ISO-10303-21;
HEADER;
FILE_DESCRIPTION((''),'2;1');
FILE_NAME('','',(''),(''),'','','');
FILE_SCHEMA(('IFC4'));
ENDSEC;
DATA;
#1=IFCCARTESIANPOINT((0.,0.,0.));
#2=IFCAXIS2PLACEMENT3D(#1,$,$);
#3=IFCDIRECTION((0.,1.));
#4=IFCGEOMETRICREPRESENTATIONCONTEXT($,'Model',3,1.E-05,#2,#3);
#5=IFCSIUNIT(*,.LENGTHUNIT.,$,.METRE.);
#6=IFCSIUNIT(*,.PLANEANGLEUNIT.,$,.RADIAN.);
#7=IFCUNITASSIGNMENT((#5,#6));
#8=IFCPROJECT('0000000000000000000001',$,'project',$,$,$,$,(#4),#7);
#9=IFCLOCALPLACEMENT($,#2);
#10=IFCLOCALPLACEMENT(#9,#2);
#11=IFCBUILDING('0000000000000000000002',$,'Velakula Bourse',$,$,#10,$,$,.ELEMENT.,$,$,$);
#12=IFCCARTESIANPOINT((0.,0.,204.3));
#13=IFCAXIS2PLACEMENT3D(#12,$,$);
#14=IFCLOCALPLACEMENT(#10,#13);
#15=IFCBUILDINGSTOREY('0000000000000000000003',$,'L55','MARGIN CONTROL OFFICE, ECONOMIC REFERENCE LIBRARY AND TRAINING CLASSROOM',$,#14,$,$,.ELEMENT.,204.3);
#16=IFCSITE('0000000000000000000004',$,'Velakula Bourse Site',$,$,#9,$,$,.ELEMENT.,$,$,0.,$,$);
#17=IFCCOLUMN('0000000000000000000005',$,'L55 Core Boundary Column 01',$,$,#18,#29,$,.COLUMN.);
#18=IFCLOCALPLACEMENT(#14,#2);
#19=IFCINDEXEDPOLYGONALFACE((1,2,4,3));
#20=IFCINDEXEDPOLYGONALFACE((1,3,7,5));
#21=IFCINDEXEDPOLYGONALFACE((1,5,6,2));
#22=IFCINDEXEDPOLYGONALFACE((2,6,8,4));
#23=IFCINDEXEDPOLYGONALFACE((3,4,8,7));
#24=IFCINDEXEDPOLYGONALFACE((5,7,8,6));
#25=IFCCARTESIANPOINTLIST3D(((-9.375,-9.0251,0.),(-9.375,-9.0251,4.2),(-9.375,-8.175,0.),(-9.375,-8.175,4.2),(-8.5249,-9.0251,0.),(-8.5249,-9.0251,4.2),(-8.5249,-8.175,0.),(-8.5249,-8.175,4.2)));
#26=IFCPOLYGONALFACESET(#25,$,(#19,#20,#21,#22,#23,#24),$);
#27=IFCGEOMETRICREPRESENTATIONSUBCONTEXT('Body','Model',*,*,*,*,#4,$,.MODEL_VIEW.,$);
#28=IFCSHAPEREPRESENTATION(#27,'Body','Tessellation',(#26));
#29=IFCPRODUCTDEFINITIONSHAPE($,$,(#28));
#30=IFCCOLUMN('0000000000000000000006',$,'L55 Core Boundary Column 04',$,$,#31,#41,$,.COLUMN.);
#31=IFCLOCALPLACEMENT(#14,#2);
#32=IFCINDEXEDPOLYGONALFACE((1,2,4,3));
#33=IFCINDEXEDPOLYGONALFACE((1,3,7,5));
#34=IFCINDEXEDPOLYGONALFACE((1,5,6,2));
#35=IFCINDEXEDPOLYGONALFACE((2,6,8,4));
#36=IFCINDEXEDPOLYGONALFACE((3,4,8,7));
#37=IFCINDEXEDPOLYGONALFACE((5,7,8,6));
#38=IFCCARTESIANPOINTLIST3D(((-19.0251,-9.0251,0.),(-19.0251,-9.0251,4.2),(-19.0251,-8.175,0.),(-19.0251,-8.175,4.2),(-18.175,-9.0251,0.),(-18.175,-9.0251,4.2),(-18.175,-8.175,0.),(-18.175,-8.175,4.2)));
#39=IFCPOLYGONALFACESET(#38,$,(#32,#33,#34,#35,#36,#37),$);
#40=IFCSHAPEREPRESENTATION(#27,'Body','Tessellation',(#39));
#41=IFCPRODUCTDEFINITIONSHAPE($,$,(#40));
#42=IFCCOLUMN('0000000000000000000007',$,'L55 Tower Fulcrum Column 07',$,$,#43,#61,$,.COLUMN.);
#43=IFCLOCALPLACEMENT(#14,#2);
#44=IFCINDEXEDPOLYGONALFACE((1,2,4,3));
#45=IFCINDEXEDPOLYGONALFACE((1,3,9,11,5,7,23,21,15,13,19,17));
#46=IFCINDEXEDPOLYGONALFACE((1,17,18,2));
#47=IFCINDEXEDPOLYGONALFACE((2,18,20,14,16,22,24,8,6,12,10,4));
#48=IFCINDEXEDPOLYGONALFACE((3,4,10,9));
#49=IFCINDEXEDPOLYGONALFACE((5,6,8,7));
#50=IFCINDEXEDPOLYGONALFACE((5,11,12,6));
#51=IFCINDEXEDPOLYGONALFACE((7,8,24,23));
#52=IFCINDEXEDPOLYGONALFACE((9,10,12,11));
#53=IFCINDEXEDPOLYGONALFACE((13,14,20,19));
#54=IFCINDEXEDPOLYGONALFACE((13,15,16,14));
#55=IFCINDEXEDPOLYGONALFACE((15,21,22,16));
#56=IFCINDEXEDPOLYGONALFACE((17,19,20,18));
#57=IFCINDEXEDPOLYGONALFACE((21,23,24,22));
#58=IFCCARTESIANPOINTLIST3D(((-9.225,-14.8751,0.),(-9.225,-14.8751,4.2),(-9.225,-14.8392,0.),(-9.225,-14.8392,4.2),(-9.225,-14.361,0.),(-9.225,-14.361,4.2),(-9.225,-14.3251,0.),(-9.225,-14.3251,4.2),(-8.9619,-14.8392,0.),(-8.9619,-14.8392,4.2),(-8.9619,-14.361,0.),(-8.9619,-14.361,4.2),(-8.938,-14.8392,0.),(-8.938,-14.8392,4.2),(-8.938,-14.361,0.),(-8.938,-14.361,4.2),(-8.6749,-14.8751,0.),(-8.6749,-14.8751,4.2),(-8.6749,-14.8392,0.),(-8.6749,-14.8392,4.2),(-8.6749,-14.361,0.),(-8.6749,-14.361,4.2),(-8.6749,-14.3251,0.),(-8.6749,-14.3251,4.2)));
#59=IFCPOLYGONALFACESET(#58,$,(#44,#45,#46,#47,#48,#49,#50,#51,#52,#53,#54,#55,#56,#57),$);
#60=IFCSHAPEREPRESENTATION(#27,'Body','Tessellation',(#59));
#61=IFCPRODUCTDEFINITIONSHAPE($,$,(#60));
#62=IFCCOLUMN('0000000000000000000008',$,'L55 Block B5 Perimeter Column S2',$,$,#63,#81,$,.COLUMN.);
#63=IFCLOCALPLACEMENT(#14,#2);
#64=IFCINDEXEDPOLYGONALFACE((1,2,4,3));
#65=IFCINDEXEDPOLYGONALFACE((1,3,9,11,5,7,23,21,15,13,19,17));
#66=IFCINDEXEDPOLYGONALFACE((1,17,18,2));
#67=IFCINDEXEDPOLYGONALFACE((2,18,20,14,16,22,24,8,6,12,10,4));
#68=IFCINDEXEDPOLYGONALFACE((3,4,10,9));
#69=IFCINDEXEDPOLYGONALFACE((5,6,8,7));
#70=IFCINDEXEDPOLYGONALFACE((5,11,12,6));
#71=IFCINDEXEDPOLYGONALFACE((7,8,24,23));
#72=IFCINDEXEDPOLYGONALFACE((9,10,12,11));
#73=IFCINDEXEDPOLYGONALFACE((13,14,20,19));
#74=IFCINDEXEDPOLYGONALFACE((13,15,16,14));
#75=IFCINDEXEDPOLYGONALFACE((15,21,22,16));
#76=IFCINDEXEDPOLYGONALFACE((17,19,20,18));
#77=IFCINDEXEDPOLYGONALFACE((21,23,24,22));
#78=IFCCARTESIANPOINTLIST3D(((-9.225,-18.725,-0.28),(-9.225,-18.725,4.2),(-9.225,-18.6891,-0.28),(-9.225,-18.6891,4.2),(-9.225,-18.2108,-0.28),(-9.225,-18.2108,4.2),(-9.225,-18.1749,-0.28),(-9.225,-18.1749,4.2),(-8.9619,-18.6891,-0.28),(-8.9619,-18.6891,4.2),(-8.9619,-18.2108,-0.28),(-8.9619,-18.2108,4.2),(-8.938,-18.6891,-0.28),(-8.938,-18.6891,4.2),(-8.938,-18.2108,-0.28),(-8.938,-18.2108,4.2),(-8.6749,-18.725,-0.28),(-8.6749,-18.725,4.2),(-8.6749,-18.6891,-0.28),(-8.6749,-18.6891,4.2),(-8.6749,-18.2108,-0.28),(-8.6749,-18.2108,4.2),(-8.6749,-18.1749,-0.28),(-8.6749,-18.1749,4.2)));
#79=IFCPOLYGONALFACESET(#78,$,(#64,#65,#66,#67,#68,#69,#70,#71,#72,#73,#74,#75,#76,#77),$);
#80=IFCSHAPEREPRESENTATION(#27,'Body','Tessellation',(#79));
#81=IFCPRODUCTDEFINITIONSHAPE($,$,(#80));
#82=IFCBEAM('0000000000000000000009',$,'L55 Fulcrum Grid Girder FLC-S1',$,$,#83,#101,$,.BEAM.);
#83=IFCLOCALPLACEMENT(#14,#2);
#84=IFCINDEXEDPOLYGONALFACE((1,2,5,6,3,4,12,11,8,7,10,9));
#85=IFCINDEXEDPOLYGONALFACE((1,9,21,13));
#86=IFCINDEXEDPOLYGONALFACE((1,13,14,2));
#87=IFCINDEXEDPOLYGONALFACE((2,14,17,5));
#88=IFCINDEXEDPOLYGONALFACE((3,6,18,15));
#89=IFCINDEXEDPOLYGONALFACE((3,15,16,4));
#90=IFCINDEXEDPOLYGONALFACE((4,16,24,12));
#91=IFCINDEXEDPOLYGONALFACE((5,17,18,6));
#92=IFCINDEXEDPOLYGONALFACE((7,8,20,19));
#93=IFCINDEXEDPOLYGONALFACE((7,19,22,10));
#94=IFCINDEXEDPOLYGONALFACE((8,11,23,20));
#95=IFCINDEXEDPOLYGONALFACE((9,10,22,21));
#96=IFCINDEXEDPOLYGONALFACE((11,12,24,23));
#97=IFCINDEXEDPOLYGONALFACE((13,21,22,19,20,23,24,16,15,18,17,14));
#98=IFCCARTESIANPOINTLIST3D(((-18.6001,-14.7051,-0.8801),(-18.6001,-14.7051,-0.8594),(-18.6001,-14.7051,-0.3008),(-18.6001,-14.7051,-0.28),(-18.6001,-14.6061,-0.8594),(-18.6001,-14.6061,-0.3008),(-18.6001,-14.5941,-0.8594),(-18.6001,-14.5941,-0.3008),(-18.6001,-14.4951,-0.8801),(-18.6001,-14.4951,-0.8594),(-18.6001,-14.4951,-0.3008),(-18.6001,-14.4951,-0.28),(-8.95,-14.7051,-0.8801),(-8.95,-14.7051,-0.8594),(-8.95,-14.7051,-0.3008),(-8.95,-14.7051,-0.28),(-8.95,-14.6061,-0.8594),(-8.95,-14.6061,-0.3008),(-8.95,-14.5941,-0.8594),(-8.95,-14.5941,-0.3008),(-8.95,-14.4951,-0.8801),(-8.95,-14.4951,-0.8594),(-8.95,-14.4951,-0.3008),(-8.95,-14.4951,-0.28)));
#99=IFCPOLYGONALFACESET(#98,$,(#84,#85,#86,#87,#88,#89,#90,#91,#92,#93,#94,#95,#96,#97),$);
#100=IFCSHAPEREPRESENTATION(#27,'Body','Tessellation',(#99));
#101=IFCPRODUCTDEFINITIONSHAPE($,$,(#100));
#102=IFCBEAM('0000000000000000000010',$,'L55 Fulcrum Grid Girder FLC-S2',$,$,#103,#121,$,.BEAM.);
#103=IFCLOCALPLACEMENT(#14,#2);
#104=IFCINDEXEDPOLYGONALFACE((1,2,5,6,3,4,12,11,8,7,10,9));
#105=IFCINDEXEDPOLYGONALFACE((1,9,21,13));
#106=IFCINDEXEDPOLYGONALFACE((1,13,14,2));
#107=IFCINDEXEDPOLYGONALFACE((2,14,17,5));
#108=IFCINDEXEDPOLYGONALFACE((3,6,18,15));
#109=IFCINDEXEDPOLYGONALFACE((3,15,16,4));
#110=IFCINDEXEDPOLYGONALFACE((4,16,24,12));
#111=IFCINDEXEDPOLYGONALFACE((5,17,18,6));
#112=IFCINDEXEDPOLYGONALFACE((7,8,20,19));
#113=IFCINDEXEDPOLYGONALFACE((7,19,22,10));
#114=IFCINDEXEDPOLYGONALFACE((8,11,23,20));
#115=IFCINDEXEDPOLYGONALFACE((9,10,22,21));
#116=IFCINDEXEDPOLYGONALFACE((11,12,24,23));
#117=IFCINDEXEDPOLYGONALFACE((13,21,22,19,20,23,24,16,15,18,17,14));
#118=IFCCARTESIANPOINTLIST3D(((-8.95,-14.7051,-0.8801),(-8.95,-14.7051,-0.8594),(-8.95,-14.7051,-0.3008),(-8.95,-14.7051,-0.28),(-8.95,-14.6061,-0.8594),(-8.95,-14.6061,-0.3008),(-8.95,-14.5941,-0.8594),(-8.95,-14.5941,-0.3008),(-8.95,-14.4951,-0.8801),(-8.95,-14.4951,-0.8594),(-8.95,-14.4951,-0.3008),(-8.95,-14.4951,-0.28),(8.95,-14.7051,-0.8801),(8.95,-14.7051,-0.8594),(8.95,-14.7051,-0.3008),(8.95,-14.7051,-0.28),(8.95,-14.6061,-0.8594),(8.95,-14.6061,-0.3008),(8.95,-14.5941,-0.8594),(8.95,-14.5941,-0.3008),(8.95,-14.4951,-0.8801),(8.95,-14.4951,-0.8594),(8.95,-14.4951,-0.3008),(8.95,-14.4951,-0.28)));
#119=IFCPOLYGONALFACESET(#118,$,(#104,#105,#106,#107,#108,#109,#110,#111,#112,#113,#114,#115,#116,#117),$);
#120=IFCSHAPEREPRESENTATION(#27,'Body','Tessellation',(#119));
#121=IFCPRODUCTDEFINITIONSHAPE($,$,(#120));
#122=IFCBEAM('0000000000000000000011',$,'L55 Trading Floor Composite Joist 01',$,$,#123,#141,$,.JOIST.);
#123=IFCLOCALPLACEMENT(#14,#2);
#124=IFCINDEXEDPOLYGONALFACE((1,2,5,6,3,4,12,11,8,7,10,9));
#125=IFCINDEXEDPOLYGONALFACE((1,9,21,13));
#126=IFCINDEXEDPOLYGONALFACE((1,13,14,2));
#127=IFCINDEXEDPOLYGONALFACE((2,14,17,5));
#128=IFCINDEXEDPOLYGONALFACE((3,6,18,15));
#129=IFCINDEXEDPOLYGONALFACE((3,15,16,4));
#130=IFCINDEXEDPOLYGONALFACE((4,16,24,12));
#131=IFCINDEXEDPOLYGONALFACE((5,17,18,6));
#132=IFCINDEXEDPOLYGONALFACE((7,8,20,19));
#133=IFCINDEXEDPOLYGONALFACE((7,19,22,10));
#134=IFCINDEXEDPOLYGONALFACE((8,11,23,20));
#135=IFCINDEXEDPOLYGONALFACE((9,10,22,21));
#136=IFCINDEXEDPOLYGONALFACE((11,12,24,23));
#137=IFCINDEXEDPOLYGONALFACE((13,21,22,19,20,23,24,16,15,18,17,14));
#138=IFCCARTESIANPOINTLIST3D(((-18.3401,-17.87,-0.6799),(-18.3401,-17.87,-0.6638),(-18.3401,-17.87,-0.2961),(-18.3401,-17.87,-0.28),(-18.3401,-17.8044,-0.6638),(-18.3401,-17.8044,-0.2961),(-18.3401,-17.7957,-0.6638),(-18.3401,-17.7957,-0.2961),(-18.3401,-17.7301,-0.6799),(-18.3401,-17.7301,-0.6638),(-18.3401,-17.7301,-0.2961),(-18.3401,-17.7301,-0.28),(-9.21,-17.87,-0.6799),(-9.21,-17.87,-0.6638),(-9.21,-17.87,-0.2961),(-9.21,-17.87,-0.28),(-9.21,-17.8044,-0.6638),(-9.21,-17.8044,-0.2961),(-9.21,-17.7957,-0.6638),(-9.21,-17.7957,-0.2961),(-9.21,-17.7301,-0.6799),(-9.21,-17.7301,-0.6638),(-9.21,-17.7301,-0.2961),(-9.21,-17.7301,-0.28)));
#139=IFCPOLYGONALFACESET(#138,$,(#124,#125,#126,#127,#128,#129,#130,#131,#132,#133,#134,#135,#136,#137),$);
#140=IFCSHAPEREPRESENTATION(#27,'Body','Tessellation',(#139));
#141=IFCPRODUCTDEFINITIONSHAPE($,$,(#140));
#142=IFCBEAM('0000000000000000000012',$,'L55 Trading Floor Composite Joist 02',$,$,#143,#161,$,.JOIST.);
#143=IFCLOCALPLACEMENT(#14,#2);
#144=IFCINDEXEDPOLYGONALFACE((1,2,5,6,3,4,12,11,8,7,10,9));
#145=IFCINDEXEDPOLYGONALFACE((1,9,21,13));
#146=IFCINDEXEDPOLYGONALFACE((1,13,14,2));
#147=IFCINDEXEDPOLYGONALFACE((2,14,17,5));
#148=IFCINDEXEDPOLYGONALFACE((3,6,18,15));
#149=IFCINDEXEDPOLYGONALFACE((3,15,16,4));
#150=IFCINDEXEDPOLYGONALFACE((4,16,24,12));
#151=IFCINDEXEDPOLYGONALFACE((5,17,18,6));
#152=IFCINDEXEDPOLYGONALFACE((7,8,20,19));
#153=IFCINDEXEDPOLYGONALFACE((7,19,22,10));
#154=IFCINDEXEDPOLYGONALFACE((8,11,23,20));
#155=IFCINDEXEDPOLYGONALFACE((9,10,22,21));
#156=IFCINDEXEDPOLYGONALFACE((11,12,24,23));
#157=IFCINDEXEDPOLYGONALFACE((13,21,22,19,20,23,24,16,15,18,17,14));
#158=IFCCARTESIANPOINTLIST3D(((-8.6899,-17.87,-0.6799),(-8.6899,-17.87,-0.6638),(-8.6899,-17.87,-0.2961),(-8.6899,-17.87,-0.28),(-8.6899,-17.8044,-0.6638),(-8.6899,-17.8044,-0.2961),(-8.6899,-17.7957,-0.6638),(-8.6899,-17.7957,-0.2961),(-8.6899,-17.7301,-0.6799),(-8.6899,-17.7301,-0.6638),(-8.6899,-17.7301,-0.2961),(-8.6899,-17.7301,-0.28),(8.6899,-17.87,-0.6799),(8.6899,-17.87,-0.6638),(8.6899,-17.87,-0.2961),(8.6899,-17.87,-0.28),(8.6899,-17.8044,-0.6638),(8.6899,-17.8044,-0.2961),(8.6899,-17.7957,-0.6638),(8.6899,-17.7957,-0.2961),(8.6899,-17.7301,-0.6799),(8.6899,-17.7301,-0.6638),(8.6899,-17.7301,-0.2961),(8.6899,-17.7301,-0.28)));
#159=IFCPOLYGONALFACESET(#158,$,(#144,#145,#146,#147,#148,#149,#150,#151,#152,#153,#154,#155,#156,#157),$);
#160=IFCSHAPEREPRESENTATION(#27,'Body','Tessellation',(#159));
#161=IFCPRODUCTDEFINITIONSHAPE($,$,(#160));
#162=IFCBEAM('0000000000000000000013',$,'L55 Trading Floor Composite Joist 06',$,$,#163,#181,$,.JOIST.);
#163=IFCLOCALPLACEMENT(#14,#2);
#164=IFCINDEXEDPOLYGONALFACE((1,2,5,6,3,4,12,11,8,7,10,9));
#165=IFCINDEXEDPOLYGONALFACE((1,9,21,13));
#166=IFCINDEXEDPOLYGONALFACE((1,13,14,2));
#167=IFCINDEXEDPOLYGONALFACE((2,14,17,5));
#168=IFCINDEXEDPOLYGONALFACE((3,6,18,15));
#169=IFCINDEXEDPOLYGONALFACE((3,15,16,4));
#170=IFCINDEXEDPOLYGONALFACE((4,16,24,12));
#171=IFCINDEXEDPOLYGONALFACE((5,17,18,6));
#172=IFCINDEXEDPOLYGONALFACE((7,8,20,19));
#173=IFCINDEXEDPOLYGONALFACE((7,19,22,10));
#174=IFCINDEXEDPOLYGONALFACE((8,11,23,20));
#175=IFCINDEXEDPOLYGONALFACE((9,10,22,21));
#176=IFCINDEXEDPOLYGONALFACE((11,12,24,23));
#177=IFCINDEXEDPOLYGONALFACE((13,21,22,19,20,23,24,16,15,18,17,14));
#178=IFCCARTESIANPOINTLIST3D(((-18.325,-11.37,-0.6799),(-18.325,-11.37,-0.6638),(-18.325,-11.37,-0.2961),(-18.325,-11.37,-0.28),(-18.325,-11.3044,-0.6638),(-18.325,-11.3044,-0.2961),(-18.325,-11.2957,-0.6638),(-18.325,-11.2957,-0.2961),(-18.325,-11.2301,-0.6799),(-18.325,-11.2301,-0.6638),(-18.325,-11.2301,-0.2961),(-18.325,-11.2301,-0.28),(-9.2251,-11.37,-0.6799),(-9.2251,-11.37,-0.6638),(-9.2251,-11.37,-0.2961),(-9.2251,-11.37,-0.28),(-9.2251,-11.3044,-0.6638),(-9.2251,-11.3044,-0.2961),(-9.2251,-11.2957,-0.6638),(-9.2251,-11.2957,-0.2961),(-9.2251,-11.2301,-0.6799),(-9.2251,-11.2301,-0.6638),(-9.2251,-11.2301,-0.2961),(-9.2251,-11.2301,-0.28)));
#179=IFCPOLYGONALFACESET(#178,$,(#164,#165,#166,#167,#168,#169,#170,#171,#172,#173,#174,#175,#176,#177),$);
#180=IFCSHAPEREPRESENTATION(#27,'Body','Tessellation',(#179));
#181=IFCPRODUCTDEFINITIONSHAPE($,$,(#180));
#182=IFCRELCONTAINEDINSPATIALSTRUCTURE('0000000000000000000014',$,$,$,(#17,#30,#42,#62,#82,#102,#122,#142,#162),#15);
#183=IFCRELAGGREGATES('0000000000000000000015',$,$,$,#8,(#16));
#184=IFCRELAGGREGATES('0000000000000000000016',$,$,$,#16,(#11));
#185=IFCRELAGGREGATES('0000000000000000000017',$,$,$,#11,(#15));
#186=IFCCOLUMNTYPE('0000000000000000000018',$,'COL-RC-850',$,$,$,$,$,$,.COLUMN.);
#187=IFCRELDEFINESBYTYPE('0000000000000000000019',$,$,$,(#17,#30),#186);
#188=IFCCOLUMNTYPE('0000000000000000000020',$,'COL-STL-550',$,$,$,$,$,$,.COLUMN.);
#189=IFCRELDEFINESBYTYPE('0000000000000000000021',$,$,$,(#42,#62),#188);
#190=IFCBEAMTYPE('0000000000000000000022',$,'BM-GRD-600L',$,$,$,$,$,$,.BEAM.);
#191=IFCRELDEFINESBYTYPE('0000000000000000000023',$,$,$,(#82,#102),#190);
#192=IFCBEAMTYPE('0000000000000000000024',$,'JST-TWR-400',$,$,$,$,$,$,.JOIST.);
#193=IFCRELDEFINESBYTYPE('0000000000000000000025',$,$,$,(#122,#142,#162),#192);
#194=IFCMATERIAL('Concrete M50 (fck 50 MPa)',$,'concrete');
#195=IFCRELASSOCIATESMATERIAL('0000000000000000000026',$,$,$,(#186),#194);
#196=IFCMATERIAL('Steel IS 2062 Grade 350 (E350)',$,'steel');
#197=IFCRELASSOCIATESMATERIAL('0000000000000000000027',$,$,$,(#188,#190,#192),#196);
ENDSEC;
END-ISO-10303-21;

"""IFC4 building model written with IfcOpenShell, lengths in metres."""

from ifc_helpers import new_model, si_unit, direction, frame, origin, origin_2d, place, context, subcontext, project, spatial, rectangle, i_section, extrude, material, material_profile, profile_set, type_object, element, save


model = new_model("IFC4")

# Units and contexts
model_context = context("Model", 3, precision=1e-05, world=origin(), true_north=direction((0.0, 1.0)))
body_context = subcontext(model_context, "Body", "Model", "MODEL_VIEW")
ifc_project = project(units=[si_unit("LENGTHUNIT", "METRE"), si_unit("PLANEANGLEUNIT", "RADIAN")], contexts=[model_context])

# Site, building, storey
site_placement = place(None, origin())
site = spatial("IfcSite", under=ifc_project, at=site_placement, Name="Velakula Bourse Site", CompositionType="ELEMENT", RefElevation=0.0)
building_placement = place(site_placement, origin())
building = spatial("IfcBuilding", under=site, at=building_placement, Name="Velakula Bourse", CompositionType="ELEMENT")
storey_placement = place(building_placement, frame((0.0, 0.0, 204.3)))
storey = spatial("IfcBuildingStorey", under=building, at=storey_placement, Name="L55", Description="MARGIN CONTROL OFFICE, ECONOMIC REFERENCE LIBRARY AND TRAINING CLASSROOM", CompositionType="ELEMENT", Elevation=204.3)

# Columns
ifc_material_1 = material(Name="Concrete M50 (fck 50 MPa)", Category="concrete")
ifc_material_profile_1 = material_profile(ifc_material_1, rectangle(XDim=0.8501, YDim=0.8501, at=origin_2d()), Name="Concrete M50 (fck 50 MPa)")
ifc_profile_set_1 = profile_set([ifc_material_profile_1], Name="Concrete M50 (fck 50 MPa)")
column_type_1 = type_object("IfcColumnType", Name="COL-RC-850", PredefinedType="COLUMN", material=ifc_profile_set_1)
for number, where, z_axis, x_axis, name in (
    (1, (-8.95, -8.6001, 0.0), (0.0, 0.0, 1.0), (1.0, 0.0, 0.0), "L55 Core Boundary Column 01"),
    (2, (-18.6001, -8.6001, 0.0), (0.0, 0.0, 1.0), (1.0, 0.0, 0.0), "L55 Core Boundary Column 04"),
):
    element("IfcColumn", number, at=place(storey_placement, frame(where, z_axis=z_axis, x_axis=x_axis)), inside=storey, type_object=column_type_1, Name=name, PredefinedType="COLUMN", context=body_context, shape_type="SweptSolid", body=[
        extrude(rectangle(XDim=0.8501, YDim=0.8501, at=origin_2d()), origin(), (0.0, 0.0, 1.0), 4.2),
    ])
ifc_material_2 = material(Name="Steel IS 2062 Grade 350 (E350)", Category="steel")
ifc_material_profile_2 = material_profile(ifc_material_2, i_section(OverallWidth=0.55, OverallDepth=0.55, WebThickness=0.0239, FlangeThickness=0.0359, at=origin_2d()), Name="Steel IS 2062 Grade 350 (E350)")
ifc_profile_set_2 = profile_set([ifc_material_profile_2], Name="Steel IS 2062 Grade 350 (E350)")
column_type_2 = type_object("IfcColumnType", Name="COL-STL-550", PredefinedType="COLUMN", material=ifc_profile_set_2)
column_1_placement = place(storey_placement, frame((-8.95, -14.6001, 0.0), z_axis=(0.0, 0.0, 1.0), x_axis=(1.0, 0.0, 0.0)))
element("IfcColumn", 3, at=column_1_placement, inside=storey, type_object=column_type_2, Name="L55 Tower Fulcrum Column 07", PredefinedType="COLUMN", context=body_context, shape_type="SweptSolid", body=[
    extrude(i_section(OverallWidth=0.55, OverallDepth=0.55, WebThickness=0.0239, FlangeThickness=0.0359, at=origin_2d()), origin(), (0.0, 0.0, 1.0), 4.2),
])
column_2_placement = place(storey_placement, frame((-8.95, -18.45, -0.28), z_axis=(0.0, 0.0, 1.0), x_axis=(1.0, 0.0, 0.0)))
element("IfcColumn", 4, at=column_2_placement, inside=storey, type_object=column_type_2, Name="L55 Block B5 Perimeter Column S2", PredefinedType="COLUMN", context=body_context, shape_type="SweptSolid", body=[
    extrude(i_section(OverallWidth=0.55, OverallDepth=0.55, WebThickness=0.0239, FlangeThickness=0.0359, at=origin_2d()), origin(), (0.0, 0.0, 1.0), 4.48),
])

# Beams
ifc_material_profile_3 = material_profile(ifc_material_2, i_section(OverallWidth=0.21, OverallDepth=0.6001, WebThickness=0.012, FlangeThickness=0.0208, at=origin_2d()), Name="Steel IS 2062 Grade 350 (E350)")
ifc_profile_set_3 = profile_set([ifc_material_profile_3], Name="Steel IS 2062 Grade 350 (E350)")
beam_type_1 = type_object("IfcBeamType", Name="BM-GRD-600L", PredefinedType="BEAM", material=ifc_profile_set_3)
beam_1_placement = place(storey_placement, frame((-18.6001, -14.6001, -0.5801), z_axis=(1.0, 0.0, 0.0), x_axis=(0.0, 1.0, 0.0)))
element("IfcBeam", 5, at=beam_1_placement, inside=storey, type_object=beam_type_1, Name="L55 Fulcrum Grid Girder FLC-S1", PredefinedType="BEAM", context=body_context, shape_type="SweptSolid", body=[
    extrude(i_section(OverallWidth=0.21, OverallDepth=0.6001, WebThickness=0.012, FlangeThickness=0.0208, at=origin_2d()), origin(), (0.0, 0.0, 1.0), 9.6501),
])
beam_2_placement = place(storey_placement, frame((-8.95, -14.6001, -0.5801), z_axis=(1.0, 0.0, 0.0), x_axis=(0.0, 1.0, 0.0)))
element("IfcBeam", 6, at=beam_2_placement, inside=storey, type_object=beam_type_1, Name="L55 Fulcrum Grid Girder FLC-S2", PredefinedType="BEAM", context=body_context, shape_type="SweptSolid", body=[
    extrude(i_section(OverallWidth=0.21, OverallDepth=0.6001, WebThickness=0.012, FlangeThickness=0.0208, at=origin_2d()), origin(), (0.0, 0.0, 1.0), 17.8999),
])
ifc_material_profile_4 = material_profile(ifc_material_2, i_section(OverallWidth=0.1399, OverallDepth=0.3999, WebThickness=0.0088, FlangeThickness=0.0161, at=origin_2d()), Name="Steel IS 2062 Grade 350 (E350)")
ifc_profile_set_4 = profile_set([ifc_material_profile_4], Name="Steel IS 2062 Grade 350 (E350)")
beam_type_2 = type_object("IfcBeamType", Name="JST-TWR-400", PredefinedType="JOIST", material=ifc_profile_set_4)
beam_3_placement = place(storey_placement, frame((-18.3401, -17.8, -0.48), z_axis=(1.0, 0.0, 0.0), x_axis=(0.0, 1.0, 0.0)))
element("IfcBeam", 7, at=beam_3_placement, inside=storey, type_object=beam_type_2, Name="L55 Trading Floor Composite Joist 01", PredefinedType="JOIST", context=body_context, shape_type="SweptSolid", body=[
    extrude(i_section(OverallWidth=0.1399, OverallDepth=0.3999, WebThickness=0.0088, FlangeThickness=0.0161, at=origin_2d()), origin(), (0.0, 0.0, 1.0), 9.1301),
])
beam_4_placement = place(storey_placement, frame((-8.6899, -17.8, -0.48), z_axis=(1.0, 0.0, 0.0), x_axis=(0.0, 1.0, 0.0)))
element("IfcBeam", 8, at=beam_4_placement, inside=storey, type_object=beam_type_2, Name="L55 Trading Floor Composite Joist 02", PredefinedType="JOIST", context=body_context, shape_type="SweptSolid", body=[
    extrude(i_section(OverallWidth=0.1399, OverallDepth=0.3999, WebThickness=0.0088, FlangeThickness=0.0161, at=origin_2d()), origin(), (0.0, 0.0, 1.0), 17.3799),
])
beam_5_placement = place(storey_placement, frame((-18.325, -11.3, -0.48), z_axis=(1.0, 0.0, 0.0), x_axis=(0.0, 1.0, 0.0)))
element("IfcBeam", 9, at=beam_5_placement, inside=storey, type_object=beam_type_2, Name="L55 Trading Floor Composite Joist 06", PredefinedType="JOIST", context=body_context, shape_type="SweptSolid", body=[
    extrude(i_section(OverallWidth=0.1399, OverallDepth=0.3999, WebThickness=0.0088, FlangeThickness=0.0161, at=origin_2d()), origin(), (0.0, 0.0, 1.0), 9.0999),
])

save(model, "model.ifc")
